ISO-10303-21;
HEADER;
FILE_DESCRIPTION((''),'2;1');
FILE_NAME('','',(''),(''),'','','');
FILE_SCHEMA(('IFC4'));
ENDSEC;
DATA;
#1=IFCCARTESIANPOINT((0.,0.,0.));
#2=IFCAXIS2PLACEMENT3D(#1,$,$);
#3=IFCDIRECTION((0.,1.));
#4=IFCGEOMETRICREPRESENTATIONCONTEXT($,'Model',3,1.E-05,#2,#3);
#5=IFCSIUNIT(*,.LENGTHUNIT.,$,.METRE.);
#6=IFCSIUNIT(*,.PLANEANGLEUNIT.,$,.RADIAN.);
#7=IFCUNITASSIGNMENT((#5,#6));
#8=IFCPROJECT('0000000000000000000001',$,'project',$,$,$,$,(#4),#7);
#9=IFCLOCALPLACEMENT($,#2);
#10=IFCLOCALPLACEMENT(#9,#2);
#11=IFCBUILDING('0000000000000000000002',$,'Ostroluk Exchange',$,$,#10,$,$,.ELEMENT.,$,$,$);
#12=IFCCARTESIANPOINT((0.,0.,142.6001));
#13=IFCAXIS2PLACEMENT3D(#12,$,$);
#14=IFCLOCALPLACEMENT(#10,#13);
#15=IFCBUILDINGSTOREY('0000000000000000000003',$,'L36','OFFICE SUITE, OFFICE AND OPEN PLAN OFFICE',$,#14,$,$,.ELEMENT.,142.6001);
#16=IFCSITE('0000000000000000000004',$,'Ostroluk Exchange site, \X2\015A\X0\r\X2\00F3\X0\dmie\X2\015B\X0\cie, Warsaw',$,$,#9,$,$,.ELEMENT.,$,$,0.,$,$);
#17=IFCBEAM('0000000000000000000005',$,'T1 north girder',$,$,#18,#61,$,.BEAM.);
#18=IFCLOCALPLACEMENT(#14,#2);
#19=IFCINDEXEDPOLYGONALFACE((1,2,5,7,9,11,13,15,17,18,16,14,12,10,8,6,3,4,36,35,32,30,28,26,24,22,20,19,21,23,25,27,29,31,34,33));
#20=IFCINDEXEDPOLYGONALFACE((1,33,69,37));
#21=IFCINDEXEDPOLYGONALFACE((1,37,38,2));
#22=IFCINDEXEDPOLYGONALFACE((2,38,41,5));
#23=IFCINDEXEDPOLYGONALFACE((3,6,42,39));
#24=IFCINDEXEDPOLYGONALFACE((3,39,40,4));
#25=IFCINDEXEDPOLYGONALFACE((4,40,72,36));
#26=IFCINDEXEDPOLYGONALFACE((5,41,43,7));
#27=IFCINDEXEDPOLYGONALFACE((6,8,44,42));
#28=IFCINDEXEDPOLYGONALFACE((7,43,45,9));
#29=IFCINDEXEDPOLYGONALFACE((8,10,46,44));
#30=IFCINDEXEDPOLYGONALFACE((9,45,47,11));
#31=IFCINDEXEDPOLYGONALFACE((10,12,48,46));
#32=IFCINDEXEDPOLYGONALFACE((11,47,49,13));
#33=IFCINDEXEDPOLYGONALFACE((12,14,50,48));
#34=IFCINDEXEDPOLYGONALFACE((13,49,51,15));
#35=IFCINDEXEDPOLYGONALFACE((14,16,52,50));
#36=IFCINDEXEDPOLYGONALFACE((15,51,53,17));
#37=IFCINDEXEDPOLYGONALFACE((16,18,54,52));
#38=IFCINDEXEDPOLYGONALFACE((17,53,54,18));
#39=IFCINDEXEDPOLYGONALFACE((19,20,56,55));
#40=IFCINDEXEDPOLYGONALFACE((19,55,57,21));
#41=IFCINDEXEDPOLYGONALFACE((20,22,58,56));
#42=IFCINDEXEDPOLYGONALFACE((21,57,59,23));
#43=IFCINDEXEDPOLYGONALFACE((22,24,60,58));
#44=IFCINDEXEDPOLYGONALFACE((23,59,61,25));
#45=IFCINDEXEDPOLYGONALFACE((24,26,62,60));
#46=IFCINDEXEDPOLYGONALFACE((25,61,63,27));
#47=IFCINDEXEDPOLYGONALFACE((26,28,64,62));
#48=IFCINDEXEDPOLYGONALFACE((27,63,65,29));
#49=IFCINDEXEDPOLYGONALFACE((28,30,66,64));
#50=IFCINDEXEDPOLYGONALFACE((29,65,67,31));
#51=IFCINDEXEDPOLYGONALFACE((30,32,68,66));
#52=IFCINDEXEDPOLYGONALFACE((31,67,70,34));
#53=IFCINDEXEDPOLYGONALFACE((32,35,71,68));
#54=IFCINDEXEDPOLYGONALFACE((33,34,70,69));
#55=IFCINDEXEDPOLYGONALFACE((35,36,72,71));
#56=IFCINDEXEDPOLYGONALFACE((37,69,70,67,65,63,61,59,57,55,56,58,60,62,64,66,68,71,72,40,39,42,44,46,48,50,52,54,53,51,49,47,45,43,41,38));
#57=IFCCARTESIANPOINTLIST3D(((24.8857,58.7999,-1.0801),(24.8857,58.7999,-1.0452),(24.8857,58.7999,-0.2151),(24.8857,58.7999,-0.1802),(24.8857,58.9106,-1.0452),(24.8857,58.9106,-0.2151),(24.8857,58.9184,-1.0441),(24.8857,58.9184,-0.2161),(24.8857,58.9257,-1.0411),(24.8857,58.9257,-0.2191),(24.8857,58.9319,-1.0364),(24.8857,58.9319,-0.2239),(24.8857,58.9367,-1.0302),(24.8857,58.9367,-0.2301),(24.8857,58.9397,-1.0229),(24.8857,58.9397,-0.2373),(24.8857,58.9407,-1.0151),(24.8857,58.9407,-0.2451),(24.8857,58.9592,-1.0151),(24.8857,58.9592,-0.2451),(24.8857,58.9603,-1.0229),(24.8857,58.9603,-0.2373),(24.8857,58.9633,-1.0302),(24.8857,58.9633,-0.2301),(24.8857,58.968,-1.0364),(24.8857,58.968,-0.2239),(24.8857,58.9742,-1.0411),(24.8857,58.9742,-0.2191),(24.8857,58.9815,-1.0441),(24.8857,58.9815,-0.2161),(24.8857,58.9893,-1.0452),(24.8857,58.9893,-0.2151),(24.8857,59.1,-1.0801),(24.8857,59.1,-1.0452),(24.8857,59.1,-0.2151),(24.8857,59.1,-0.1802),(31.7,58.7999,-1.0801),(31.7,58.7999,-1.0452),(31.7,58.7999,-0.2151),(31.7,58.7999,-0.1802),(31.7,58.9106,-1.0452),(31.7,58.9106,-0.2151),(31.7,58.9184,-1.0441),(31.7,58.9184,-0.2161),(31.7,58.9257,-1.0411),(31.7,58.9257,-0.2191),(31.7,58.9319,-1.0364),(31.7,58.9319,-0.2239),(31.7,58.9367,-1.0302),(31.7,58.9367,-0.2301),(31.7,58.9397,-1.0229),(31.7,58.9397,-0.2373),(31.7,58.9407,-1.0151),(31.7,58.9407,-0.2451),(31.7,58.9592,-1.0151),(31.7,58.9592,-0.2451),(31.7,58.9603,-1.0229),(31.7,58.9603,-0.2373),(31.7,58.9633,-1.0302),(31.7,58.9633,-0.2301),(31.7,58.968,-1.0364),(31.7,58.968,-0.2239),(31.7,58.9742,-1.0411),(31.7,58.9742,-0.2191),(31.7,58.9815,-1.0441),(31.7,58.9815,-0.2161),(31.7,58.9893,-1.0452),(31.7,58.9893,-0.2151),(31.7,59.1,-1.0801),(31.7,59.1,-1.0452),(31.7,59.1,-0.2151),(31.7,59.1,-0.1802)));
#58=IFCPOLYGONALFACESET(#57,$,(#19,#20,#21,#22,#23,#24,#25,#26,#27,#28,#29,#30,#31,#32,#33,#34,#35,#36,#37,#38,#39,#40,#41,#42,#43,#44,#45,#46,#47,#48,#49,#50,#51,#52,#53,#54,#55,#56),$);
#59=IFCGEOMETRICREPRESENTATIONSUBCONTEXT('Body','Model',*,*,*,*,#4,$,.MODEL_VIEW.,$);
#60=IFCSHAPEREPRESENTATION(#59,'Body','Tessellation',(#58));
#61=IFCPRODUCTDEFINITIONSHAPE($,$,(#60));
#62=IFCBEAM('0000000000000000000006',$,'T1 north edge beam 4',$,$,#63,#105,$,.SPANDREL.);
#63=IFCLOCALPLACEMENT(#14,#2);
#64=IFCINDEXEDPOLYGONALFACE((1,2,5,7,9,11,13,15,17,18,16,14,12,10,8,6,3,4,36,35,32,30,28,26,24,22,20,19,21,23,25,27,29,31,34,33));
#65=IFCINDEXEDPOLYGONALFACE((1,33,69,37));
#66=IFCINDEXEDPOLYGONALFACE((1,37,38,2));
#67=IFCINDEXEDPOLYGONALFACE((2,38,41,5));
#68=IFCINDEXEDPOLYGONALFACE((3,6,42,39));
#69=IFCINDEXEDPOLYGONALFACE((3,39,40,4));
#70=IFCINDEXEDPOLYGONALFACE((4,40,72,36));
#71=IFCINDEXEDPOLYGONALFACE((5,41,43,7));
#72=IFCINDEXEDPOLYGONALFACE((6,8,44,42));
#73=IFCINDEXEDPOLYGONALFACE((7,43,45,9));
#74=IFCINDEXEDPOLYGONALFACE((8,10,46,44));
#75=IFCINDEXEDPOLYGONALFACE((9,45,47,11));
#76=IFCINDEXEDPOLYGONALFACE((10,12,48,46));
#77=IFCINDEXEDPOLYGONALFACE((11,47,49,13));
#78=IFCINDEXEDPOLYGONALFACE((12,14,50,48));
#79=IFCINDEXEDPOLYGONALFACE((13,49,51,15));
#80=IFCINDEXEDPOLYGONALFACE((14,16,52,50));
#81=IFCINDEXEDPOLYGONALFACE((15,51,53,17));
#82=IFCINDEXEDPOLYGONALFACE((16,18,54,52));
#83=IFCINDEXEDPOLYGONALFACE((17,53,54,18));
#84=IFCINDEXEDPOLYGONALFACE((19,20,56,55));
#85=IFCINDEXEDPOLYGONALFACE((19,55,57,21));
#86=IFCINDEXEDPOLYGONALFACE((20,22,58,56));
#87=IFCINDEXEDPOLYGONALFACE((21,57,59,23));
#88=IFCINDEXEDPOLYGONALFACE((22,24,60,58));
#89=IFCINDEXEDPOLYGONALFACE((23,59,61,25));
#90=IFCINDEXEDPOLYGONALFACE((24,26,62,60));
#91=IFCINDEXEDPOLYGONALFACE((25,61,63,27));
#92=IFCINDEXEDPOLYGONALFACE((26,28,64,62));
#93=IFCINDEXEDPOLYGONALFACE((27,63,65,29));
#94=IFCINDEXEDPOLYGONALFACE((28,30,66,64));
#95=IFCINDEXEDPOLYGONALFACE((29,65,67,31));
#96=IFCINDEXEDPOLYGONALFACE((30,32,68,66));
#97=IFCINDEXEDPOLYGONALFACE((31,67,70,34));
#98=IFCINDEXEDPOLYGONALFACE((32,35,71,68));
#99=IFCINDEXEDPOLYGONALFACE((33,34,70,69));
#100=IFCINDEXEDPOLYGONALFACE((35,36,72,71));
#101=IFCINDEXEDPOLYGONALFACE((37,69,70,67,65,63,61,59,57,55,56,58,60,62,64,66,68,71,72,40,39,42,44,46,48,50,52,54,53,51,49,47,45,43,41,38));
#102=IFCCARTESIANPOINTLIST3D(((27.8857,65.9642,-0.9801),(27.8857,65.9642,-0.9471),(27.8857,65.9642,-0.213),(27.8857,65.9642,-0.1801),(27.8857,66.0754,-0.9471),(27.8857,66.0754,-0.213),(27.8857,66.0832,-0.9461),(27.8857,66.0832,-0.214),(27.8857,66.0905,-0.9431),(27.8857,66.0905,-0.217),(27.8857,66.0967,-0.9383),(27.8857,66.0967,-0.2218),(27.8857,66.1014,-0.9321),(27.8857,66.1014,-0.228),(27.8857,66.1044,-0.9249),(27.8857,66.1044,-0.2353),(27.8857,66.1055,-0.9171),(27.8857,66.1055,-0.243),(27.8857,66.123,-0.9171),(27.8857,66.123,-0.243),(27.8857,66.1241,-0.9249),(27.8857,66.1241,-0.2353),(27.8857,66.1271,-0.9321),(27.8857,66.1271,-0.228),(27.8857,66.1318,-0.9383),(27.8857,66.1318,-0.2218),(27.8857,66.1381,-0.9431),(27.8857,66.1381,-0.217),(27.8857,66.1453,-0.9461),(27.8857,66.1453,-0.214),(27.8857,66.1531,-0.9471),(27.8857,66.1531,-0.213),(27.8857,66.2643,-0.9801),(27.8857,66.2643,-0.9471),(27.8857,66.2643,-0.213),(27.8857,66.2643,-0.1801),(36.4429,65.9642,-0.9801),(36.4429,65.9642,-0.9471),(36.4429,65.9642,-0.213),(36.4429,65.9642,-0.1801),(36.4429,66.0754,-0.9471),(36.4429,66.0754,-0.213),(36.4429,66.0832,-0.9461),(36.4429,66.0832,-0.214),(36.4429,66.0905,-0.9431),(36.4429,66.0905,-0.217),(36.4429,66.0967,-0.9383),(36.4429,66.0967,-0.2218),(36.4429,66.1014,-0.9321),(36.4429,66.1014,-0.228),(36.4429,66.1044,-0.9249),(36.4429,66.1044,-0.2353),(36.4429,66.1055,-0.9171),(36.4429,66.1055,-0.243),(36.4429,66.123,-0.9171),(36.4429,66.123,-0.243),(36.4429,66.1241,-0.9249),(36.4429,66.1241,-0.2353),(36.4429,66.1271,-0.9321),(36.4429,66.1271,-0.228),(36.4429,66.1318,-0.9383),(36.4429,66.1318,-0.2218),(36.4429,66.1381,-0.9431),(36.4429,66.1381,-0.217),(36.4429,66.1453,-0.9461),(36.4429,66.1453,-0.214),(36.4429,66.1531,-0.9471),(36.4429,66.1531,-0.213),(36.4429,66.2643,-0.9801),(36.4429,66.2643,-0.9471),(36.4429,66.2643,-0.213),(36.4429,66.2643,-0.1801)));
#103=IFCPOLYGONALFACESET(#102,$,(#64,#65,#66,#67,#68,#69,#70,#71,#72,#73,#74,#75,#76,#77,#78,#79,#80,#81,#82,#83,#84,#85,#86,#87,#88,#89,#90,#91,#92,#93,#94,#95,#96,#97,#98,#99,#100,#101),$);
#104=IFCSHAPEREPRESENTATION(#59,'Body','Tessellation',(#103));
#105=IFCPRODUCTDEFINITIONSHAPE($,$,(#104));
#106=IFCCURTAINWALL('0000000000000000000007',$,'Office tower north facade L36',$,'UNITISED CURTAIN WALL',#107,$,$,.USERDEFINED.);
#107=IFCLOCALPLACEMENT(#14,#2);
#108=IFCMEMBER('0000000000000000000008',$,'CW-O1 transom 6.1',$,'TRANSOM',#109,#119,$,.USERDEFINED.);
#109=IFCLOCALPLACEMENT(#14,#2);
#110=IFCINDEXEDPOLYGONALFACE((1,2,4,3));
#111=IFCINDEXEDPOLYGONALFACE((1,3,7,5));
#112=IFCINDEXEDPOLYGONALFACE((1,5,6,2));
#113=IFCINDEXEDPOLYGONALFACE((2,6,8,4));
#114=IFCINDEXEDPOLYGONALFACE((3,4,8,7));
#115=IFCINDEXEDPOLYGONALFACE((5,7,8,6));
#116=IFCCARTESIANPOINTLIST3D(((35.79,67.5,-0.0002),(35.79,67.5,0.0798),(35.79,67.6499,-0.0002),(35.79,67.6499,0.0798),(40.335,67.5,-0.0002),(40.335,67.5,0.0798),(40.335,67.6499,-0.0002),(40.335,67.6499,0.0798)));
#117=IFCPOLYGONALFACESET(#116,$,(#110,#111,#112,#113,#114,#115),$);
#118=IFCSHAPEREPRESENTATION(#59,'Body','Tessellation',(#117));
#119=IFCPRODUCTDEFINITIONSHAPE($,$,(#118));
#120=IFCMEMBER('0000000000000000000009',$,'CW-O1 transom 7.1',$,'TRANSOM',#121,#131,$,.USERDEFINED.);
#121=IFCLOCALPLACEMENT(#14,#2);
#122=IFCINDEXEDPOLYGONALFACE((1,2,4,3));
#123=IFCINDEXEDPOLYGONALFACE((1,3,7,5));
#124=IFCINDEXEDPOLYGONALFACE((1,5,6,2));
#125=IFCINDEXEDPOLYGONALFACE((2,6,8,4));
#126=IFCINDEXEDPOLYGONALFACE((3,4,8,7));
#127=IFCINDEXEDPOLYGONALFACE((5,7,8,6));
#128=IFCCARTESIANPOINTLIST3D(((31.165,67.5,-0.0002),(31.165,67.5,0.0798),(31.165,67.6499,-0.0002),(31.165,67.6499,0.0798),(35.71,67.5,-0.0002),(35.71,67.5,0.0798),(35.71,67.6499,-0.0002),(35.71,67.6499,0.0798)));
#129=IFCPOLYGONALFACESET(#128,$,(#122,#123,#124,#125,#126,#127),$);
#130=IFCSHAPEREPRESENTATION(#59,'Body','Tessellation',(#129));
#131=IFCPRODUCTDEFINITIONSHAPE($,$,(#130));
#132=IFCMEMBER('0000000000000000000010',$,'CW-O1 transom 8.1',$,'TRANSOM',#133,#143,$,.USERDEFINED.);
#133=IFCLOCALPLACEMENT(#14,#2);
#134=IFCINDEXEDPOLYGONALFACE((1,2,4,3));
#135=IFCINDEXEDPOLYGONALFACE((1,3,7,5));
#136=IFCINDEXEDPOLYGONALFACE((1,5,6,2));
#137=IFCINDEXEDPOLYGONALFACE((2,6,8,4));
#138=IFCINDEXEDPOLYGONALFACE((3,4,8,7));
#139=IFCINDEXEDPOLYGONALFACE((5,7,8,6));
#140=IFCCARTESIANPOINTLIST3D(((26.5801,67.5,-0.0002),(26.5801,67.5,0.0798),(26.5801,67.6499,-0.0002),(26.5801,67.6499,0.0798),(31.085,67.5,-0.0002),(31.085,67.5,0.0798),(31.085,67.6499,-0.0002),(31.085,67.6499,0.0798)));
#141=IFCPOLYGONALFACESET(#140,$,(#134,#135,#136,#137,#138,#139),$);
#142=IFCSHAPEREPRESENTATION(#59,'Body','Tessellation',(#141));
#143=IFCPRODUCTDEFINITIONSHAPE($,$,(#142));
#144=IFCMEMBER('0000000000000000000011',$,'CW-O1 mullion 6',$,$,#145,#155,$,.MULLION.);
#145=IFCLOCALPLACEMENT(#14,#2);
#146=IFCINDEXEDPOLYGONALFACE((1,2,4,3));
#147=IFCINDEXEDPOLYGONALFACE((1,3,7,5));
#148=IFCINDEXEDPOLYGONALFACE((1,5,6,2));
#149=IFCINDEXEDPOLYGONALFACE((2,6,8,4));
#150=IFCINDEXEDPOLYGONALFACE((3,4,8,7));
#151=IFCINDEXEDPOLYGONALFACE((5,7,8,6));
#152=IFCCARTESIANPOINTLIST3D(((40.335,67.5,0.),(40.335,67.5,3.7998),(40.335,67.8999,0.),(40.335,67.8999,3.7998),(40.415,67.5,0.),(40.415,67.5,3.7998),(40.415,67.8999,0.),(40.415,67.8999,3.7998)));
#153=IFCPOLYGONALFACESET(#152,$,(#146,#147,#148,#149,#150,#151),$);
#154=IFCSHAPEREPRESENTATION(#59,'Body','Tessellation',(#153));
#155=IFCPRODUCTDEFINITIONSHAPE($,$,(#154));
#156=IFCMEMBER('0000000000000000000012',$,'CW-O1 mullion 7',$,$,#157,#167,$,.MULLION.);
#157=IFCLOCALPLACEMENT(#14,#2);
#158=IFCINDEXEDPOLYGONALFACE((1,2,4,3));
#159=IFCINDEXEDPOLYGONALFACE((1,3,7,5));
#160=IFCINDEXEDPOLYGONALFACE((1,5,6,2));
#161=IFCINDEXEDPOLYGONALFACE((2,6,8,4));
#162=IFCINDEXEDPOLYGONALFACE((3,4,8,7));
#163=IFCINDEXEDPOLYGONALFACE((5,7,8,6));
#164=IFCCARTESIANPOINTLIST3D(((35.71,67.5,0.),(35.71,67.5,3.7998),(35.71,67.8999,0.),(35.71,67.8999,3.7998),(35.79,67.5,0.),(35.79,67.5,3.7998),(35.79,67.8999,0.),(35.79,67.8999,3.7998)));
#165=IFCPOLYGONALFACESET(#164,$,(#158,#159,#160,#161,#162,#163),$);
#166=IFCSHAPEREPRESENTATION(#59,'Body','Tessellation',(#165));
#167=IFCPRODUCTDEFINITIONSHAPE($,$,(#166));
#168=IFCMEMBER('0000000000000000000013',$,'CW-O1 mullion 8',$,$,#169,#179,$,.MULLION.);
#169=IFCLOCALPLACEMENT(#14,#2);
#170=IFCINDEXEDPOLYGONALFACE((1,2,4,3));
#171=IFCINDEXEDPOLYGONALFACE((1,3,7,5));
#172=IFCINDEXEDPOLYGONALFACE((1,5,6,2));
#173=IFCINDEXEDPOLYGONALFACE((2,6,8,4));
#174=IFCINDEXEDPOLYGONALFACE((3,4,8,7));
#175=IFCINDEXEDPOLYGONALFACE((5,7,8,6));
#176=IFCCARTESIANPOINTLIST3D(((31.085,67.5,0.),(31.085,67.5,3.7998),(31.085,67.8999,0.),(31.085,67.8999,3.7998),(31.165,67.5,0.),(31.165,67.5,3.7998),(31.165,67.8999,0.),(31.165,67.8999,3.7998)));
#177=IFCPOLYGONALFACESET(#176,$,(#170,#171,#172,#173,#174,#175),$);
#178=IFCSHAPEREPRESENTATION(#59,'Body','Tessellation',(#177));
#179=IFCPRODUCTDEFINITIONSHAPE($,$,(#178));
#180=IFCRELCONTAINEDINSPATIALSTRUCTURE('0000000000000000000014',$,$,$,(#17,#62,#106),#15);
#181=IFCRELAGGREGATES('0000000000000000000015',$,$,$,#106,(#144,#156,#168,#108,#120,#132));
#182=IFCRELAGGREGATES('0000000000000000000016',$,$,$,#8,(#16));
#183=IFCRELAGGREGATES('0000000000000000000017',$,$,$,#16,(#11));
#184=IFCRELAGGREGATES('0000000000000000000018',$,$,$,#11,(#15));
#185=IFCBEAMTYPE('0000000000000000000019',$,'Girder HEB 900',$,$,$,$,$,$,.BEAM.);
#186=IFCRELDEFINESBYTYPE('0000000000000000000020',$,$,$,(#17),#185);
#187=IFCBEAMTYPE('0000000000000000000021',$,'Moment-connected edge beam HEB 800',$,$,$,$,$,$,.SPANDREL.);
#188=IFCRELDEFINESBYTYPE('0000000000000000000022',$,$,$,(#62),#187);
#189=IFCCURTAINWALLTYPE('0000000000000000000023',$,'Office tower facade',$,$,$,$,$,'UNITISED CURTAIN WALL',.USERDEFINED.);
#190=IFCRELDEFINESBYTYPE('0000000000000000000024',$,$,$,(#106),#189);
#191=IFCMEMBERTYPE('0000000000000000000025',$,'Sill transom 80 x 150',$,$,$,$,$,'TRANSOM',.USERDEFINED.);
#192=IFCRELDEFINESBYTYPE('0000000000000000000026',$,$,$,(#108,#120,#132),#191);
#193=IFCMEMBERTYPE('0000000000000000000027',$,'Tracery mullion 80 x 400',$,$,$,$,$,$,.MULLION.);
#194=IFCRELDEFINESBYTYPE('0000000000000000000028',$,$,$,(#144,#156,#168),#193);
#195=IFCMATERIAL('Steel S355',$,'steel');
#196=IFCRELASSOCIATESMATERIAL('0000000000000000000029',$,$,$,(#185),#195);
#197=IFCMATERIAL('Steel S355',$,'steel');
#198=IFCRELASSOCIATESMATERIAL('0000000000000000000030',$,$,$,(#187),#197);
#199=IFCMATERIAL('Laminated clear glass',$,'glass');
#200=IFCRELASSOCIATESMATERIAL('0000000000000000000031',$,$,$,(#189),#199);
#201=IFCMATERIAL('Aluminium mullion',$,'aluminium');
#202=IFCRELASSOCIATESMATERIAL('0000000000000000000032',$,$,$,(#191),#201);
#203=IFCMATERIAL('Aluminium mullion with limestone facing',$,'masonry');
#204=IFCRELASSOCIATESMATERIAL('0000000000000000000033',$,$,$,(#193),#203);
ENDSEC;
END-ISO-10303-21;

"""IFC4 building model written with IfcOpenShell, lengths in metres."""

from ifc_helpers import new_model, si_unit, direction, frame, origin, origin_2d, place, context, subcontext, project, spatial, rectangle, i_section, extrude, material, material_profile, profile_set, type_object, element, aggregate, save


model = new_model("IFC4")

# Units and contexts
model_context = context("Model", 3, precision=1e-05, world=origin(), true_north=direction((0.0, 1.0)))
body_context = subcontext(model_context, "Body", "Model", "MODEL_VIEW")
ifc_project = project(units=[si_unit("LENGTHUNIT", "METRE"), si_unit("PLANEANGLEUNIT", "RADIAN")], contexts=[model_context])

# Site, building, storey
site_placement = place(None, origin())
site = spatial("IfcSite", under=ifc_project, at=site_placement, Name="Ostroluk Exchange site, Śródmieście, Warsaw", CompositionType="ELEMENT", RefElevation=0.0)
building_placement = place(site_placement, origin())
building = spatial("IfcBuilding", under=site, at=building_placement, Name="Ostroluk Exchange", CompositionType="ELEMENT")
storey_placement = place(building_placement, frame((0.0, 0.0, 142.6001)))
storey = spatial("IfcBuildingStorey", under=building, at=storey_placement, Name="L36", Description="OFFICE SUITE, OFFICE AND OPEN PLAN OFFICE", CompositionType="ELEMENT", Elevation=142.6001)

# Beams
ifc_material_1 = material(Name="Steel S355", Category="steel")
ifc_material_profile_1 = material_profile(ifc_material_1, i_section(OverallWidth=0.3, OverallDepth=0.8999, WebThickness=0.0186, FlangeThickness=0.0349, FilletRadius=0.03, at=origin_2d()), Name="HEB 900")
ifc_profile_set_1 = profile_set([ifc_material_profile_1], Name="Steel S355")
beam_type_1 = type_object("IfcBeamType", Name="Girder HEB 900", PredefinedType="BEAM", material=ifc_profile_set_1)
beam_1_placement = place(storey_placement, frame((31.7, 58.95, -0.6301), z_axis=(-1.0, 0.0, 0.0), x_axis=(0.0, -1.0, 0.0)))
element("IfcBeam", 1, at=beam_1_placement, inside=storey, type_object=beam_type_1, Name="T1 north girder", PredefinedType="BEAM", context=body_context, shape_type="SweptSolid", body=[
    extrude(i_section(OverallWidth=0.3, OverallDepth=0.8999, WebThickness=0.0186, FlangeThickness=0.0349, FilletRadius=0.03, at=origin_2d()), origin(), (0.0, 0.0, 1.0), 6.8142),
])
ifc_material_2 = material(Name="Steel S355", Category="steel")
ifc_material_profile_2 = material_profile(ifc_material_2, i_section(OverallWidth=0.3, OverallDepth=0.8, WebThickness=0.0176, FlangeThickness=0.033, FilletRadius=0.03, at=origin_2d()), Name="HEB 800")
ifc_profile_set_2 = profile_set([ifc_material_profile_2], Name="Steel S355")
beam_type_2 = type_object("IfcBeamType", Name="Moment-connected edge beam HEB 800", PredefinedType="SPANDREL", material=ifc_profile_set_2)
beam_2_placement = place(storey_placement, frame((36.4429, 66.1143, -0.5801), z_axis=(-1.0, 0.0, 0.0), x_axis=(0.0, -1.0, 0.0)))
element("IfcBeam", 2, at=beam_2_placement, inside=storey, type_object=beam_type_2, Name="T1 north edge beam 4", PredefinedType="SPANDREL", context=body_context, shape_type="SweptSolid", body=[
    extrude(i_section(OverallWidth=0.3, OverallDepth=0.8, WebThickness=0.0176, FlangeThickness=0.033, FilletRadius=0.03, at=origin_2d()), origin(), (0.0, 0.0, 1.0), 8.5571),
])

# Curtain wall, members
ifc_material_3 = material(Name="Laminated clear glass", Category="glass")
curtain_wall_type = type_object("IfcCurtainWallType", Name="Office tower facade", ElementType="UNITISED CURTAIN WALL", PredefinedType="USERDEFINED", material=ifc_material_3)
curtain_wall_placement = place(storey_placement, origin())
curtain_wall = element("IfcCurtainWall", 3, at=curtain_wall_placement, inside=storey, type_object=curtain_wall_type, Name="Office tower north facade L36", ObjectType="UNITISED CURTAIN WALL", PredefinedType="USERDEFINED")
ifc_material_4 = material(Name="Aluminium mullion", Category="aluminium")
ifc_material_profile_3 = material_profile(ifc_material_4, rectangle(XDim=0.1499, YDim=0.0801, at=origin_2d()), Name="Sill transom 80 x 150")
ifc_profile_set_3 = profile_set([ifc_material_profile_3], Name="Aluminium mullion")
member_type_1 = type_object("IfcMemberType", Name="Sill transom 80 x 150", ElementType="TRANSOM", PredefinedType="USERDEFINED", material=ifc_profile_set_3)
member_1_placement = place(storey_placement, frame((40.335, 67.575, 0.0398), z_axis=(-1.0, 0.0, 0.0), x_axis=(0.0, -1.0, 0.0)))
member_1 = element("IfcMember", 4, at=member_1_placement, type_object=member_type_1, Name="CW-O1 transom 6.1", ObjectType="TRANSOM", PredefinedType="USERDEFINED", context=body_context, shape_type="SweptSolid", body=[
    extrude(rectangle(XDim=0.1499, YDim=0.0801, at=origin_2d()), origin(), (0.0, 0.0, 1.0), 4.5449),
])
member_2_placement = place(storey_placement, frame((35.71, 67.575, 0.0398), z_axis=(-1.0, 0.0, 0.0), x_axis=(0.0, -1.0, 0.0)))
member_2 = element("IfcMember", 5, at=member_2_placement, type_object=member_type_1, Name="CW-O1 transom 7.1", ObjectType="TRANSOM", PredefinedType="USERDEFINED", context=body_context, shape_type="SweptSolid", body=[
    extrude(rectangle(XDim=0.1499, YDim=0.0801, at=origin_2d()), origin(), (0.0, 0.0, 1.0), 4.5449),
])
member_3_placement = place(storey_placement, frame((31.085, 67.575, 0.0398), z_axis=(-1.0, 0.0, 0.0), x_axis=(0.0, -1.0, 0.0)))
member_3 = element("IfcMember", 6, at=member_3_placement, type_object=member_type_1, Name="CW-O1 transom 8.1", ObjectType="TRANSOM", PredefinedType="USERDEFINED", context=body_context, shape_type="SweptSolid", body=[
    extrude(rectangle(XDim=0.1499, YDim=0.0801, at=origin_2d()), origin(), (0.0, 0.0, 1.0), 4.5049),
])
ifc_material_5 = material(Name="Aluminium mullion with limestone facing", Category="masonry")
ifc_material_profile_4 = material_profile(ifc_material_5, rectangle(XDim=0.3999, YDim=0.0801, at=origin_2d()), Name="Tracery mullion 80 x 400")
ifc_profile_set_4 = profile_set([ifc_material_profile_4], Name="Aluminium mullion with limestone facing")
member_type_2 = type_object("IfcMemberType", Name="Tracery mullion 80 x 400", PredefinedType="MULLION", material=ifc_profile_set_4)
member_4_placement = place(storey_placement, frame((40.375, 67.7, 0.0), z_axis=(0.0, 0.0, 1.0), x_axis=(0.0, -1.0, 0.0)))
member_4 = element("IfcMember", 7, at=member_4_placement, type_object=member_type_2, Name="CW-O1 mullion 6", PredefinedType="MULLION", context=body_context, shape_type="SweptSolid", body=[
    extrude(rectangle(XDim=0.3999, YDim=0.0801, at=origin_2d()), origin(), (0.0, 0.0, 1.0), 3.7998),
])
member_5_placement = place(storey_placement, frame((35.75, 67.7, 0.0), z_axis=(0.0, 0.0, 1.0), x_axis=(0.0, -1.0, 0.0)))
member_5 = element("IfcMember", 8, at=member_5_placement, type_object=member_type_2, Name="CW-O1 mullion 7", PredefinedType="MULLION", context=body_context, shape_type="SweptSolid", body=[
    extrude(rectangle(XDim=0.3999, YDim=0.0801, at=origin_2d()), origin(), (0.0, 0.0, 1.0), 3.7998),
])
member_6_placement = place(storey_placement, frame((31.125, 67.7, 0.0), z_axis=(0.0, 0.0, 1.0), x_axis=(0.0, -1.0, 0.0)))
member_6 = element("IfcMember", 9, at=member_6_placement, type_object=member_type_2, Name="CW-O1 mullion 8", PredefinedType="MULLION", context=body_context, shape_type="SweptSolid", body=[
    extrude(rectangle(XDim=0.3999, YDim=0.0801, at=origin_2d()), origin(), (0.0, 0.0, 1.0), 3.7998),
])
aggregate(curtain_wall, [member_4, member_5, member_6, member_1, member_2, member_3])

save(model, "model.ifc")
